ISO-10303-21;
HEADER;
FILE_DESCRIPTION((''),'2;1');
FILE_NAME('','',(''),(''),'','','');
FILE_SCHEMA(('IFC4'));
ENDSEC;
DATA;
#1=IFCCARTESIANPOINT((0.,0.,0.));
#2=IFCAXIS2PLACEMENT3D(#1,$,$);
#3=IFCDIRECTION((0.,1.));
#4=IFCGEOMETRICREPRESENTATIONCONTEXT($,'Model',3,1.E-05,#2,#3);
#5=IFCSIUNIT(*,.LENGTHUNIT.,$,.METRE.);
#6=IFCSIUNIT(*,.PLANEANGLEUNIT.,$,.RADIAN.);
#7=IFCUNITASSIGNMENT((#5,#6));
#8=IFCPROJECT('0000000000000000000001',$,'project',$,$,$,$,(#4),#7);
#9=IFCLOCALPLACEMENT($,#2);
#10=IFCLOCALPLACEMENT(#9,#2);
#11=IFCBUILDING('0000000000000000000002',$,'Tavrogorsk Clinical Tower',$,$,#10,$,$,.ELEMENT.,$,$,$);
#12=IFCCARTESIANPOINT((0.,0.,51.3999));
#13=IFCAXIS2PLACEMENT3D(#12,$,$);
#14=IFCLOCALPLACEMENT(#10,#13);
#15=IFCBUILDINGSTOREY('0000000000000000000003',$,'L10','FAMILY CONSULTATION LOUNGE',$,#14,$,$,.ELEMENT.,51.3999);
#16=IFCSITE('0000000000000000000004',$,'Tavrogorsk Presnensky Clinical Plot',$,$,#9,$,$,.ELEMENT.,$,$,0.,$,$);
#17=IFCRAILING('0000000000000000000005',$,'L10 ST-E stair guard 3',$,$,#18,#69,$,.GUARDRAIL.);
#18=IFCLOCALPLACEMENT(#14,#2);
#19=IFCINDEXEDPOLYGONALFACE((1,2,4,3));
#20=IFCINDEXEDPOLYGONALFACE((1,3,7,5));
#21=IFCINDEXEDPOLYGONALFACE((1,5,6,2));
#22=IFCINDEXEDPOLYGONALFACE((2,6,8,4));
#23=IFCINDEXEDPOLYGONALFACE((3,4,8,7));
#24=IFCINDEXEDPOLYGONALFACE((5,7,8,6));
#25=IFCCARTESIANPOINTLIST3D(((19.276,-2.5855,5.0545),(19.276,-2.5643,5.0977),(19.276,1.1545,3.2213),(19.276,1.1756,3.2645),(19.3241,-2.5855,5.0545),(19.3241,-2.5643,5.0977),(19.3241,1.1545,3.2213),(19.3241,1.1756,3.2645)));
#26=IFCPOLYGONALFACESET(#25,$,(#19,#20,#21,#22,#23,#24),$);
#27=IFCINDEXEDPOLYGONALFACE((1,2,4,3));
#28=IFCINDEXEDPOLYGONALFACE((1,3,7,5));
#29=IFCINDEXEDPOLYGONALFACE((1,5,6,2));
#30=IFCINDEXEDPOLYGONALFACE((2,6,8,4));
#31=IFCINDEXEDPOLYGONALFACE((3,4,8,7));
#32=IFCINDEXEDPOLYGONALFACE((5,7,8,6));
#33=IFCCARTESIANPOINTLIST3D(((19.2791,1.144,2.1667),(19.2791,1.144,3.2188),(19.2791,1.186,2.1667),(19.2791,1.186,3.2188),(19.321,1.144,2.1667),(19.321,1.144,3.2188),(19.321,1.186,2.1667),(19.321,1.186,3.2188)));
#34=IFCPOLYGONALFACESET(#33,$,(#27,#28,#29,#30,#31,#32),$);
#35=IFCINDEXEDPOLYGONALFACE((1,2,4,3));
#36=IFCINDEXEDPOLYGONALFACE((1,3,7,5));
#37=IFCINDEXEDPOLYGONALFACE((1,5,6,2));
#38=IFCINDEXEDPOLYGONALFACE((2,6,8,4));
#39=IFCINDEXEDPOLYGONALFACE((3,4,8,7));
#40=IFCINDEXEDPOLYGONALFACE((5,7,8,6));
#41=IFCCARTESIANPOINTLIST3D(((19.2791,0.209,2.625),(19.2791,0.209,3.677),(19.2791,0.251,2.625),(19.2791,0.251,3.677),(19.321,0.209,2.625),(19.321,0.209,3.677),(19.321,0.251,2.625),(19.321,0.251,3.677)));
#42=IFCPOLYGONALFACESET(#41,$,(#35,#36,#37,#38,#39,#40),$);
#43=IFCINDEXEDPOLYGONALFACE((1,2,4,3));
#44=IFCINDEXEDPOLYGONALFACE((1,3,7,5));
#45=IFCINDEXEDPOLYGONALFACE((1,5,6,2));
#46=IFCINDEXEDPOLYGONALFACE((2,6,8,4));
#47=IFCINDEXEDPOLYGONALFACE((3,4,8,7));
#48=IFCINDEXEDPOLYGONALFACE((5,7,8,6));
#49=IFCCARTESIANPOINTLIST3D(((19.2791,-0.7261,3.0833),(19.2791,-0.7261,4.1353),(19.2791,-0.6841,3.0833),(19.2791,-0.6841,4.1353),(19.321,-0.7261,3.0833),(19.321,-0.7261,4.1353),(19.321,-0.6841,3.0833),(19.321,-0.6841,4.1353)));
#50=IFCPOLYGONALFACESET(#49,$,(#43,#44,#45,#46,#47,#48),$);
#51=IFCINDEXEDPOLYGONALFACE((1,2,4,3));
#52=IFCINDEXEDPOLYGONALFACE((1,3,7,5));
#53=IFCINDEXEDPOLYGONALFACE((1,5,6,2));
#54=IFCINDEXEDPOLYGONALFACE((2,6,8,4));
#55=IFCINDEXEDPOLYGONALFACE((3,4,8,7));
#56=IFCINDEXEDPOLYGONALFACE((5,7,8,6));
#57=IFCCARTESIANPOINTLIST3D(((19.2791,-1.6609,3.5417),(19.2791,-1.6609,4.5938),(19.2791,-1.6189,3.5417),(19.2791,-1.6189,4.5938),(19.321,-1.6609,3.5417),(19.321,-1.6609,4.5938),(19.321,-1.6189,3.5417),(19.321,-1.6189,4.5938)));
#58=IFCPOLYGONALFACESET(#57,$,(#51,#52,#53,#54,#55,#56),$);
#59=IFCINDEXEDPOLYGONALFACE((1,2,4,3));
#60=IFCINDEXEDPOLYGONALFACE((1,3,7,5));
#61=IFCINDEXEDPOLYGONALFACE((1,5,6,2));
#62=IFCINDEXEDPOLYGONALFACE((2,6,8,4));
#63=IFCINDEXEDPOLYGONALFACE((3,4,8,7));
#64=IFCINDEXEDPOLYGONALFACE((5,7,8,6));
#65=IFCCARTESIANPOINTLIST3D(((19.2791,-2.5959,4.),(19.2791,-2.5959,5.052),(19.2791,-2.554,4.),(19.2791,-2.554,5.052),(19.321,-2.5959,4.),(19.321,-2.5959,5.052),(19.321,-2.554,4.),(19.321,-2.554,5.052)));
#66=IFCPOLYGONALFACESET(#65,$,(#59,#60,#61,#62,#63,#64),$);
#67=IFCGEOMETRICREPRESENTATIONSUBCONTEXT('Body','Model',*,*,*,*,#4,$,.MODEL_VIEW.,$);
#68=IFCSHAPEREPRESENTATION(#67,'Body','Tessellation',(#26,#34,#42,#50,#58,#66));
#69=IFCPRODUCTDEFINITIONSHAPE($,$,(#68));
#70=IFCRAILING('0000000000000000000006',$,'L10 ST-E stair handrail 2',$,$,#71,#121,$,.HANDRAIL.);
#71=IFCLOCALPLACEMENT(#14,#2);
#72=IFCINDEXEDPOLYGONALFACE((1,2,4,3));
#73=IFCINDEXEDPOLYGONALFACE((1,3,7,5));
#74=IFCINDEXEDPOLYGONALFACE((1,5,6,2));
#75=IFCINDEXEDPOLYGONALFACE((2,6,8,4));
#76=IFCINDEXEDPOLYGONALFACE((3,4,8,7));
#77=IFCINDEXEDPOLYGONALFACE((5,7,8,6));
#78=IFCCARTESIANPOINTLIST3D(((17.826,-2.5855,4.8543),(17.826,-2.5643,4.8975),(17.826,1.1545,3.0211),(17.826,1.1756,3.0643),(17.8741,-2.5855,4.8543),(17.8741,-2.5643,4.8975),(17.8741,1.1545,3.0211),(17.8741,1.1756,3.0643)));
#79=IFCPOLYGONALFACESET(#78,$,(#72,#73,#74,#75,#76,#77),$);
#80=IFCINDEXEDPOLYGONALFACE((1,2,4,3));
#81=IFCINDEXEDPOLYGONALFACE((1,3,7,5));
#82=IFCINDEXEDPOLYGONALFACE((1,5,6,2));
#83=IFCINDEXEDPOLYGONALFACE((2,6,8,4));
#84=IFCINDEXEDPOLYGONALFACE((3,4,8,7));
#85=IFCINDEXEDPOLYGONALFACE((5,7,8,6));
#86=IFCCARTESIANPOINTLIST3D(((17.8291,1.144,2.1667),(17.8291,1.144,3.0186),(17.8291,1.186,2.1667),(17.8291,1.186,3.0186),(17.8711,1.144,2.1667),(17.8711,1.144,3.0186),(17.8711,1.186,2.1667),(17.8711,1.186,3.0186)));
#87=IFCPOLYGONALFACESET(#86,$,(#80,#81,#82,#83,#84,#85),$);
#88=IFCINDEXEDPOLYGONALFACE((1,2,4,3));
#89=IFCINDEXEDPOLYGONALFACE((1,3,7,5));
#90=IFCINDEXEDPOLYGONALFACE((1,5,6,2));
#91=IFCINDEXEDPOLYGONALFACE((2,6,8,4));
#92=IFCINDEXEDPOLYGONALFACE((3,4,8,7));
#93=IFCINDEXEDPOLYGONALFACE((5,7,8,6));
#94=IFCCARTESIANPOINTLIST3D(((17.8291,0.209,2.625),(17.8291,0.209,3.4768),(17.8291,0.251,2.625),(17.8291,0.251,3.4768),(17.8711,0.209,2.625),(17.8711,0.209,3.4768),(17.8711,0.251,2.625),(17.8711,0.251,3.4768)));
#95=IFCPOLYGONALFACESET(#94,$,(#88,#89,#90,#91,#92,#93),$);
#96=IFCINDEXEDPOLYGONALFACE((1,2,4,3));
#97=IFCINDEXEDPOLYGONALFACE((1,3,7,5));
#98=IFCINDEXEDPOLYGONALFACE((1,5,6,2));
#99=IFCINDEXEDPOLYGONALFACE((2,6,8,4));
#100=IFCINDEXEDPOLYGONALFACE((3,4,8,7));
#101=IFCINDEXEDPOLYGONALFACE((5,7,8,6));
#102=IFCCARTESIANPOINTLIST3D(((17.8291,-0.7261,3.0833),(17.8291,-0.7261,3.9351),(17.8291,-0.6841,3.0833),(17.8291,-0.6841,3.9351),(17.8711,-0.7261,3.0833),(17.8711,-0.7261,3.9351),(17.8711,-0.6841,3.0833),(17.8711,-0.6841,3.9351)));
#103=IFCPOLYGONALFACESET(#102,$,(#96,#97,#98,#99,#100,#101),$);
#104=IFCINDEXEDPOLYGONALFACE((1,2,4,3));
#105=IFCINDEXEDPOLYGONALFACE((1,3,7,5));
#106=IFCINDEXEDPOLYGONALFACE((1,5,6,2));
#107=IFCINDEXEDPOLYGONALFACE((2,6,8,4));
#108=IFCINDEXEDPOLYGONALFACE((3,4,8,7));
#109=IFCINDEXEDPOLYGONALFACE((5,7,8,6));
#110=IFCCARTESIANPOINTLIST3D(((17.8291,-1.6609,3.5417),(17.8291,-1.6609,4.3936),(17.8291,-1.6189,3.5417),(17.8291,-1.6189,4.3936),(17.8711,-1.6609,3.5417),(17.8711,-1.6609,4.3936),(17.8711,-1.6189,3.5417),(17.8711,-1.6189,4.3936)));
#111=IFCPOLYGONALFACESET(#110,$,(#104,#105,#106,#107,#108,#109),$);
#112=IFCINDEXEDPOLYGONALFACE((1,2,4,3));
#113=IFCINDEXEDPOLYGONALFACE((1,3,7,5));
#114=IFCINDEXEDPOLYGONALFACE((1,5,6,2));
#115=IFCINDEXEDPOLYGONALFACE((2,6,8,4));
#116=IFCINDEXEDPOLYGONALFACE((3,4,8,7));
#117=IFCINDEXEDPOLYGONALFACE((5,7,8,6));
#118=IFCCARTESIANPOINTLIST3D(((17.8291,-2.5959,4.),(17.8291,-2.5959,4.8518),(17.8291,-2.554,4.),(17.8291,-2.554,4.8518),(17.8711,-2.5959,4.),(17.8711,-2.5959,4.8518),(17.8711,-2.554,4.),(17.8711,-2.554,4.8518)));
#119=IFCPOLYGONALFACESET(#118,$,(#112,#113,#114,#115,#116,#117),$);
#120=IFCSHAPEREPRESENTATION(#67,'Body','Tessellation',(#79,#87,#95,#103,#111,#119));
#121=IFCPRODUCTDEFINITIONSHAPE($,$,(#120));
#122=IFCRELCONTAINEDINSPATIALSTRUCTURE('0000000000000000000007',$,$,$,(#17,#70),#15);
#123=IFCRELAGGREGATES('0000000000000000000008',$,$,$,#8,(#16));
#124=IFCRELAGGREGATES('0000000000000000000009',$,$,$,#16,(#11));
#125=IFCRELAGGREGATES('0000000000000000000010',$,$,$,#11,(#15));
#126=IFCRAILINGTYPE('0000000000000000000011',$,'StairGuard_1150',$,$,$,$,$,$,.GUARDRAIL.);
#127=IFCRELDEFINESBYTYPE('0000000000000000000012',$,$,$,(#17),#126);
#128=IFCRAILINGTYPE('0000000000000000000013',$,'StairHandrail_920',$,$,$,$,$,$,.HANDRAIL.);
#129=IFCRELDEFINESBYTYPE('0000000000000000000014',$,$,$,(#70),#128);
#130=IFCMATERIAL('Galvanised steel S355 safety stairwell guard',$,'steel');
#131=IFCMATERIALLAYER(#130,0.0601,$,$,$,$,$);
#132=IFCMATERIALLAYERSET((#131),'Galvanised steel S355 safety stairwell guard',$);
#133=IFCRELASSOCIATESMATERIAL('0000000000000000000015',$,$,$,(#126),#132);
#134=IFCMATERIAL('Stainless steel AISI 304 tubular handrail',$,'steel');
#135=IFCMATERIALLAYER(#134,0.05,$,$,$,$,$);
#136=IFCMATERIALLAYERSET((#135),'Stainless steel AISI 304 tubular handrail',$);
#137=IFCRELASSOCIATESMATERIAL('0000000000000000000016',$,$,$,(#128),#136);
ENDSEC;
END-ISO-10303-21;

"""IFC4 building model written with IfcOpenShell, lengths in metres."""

from ifc_helpers import new_model, si_unit, direction, frame, origin, origin_2d, place, context, subcontext, project, spatial, rectangle, extrude, material, layer, layer_set, type_object, element, save


model = new_model("IFC4")

# Units and contexts
model_context = context("Model", 3, precision=1e-05, world=origin(), true_north=direction((0.0, 1.0)))
body_context = subcontext(model_context, "Body", "Model", "MODEL_VIEW")
ifc_project = project(units=[si_unit("LENGTHUNIT", "METRE"), si_unit("PLANEANGLEUNIT", "RADIAN")], contexts=[model_context])

# Site, building, storey
site_placement = place(None, origin())
site = spatial("IfcSite", under=ifc_project, at=site_placement, Name="Tavrogorsk Presnensky Clinical Plot", CompositionType="ELEMENT", RefElevation=0.0)
building_placement = place(site_placement, origin())
building = spatial("IfcBuilding", under=site, at=building_placement, Name="Tavrogorsk Clinical Tower", CompositionType="ELEMENT")
storey_placement = place(building_placement, frame((0.0, 0.0, 51.3999)))
storey = spatial("IfcBuildingStorey", under=building, at=storey_placement, Name="L10", Description="FAMILY CONSULTATION LOUNGE", CompositionType="ELEMENT", Elevation=51.3999)

# Railings
ifc_material_1 = material(Name="Galvanised steel S355 safety stairwell guard", Category="steel")
ifc_layer_1 = layer(ifc_material_1, 0.0601)
ifc_layer_set_1 = layer_set([ifc_layer_1], Name="Galvanised steel S355 safety stairwell guard")
railing_type_1 = type_object("IfcRailingType", Name="StairGuard_1150", PredefinedType="GUARDRAIL", material=ifc_layer_set_1)
railing_1_placement = place(storey_placement, frame((19.3, 1.165, 2.1667)))
element("IfcRailing", 1, at=railing_1_placement, inside=storey, type_object=railing_type_1, Name="L10 ST-E stair guard 3", PredefinedType="GUARDRAIL", context=body_context, shape_type="SweptSolid", body=[
    extrude(rectangle(XDim=0.0481, YDim=0.0481, at=origin_2d()), frame((0.0, 0.0, 1.0762), z_axis=(0.0, -0.897928, 0.440142), x_axis=(1.0, 0.0, 0.0)), (0.0, 0.0, 1.0), 4.165),
    extrude(rectangle(XDim=0.042, YDim=0.042, at=origin_2d()), origin(), (0.0, 0.0, 1.0), 1.052),
    extrude(rectangle(XDim=0.042, YDim=0.042, at=origin_2d()), frame((0.0, -0.9351, 0.4583)), (0.0, 0.0, 1.0), 1.052),
    extrude(rectangle(XDim=0.042, YDim=0.042, at=origin_2d()), frame((0.0, -1.8701, 0.9165)), (0.0, 0.0, 1.0), 1.052),
    extrude(rectangle(XDim=0.042, YDim=0.042, at=origin_2d()), frame((0.0, -2.8049, 1.375)), (0.0, 0.0, 1.0), 1.052),
    extrude(rectangle(XDim=0.042, YDim=0.042, at=origin_2d()), frame((0.0, -3.74, 1.8333)), (0.0, 0.0, 1.0), 1.052),
])
ifc_material_2 = material(Name="Stainless steel AISI 304 tubular handrail", Category="steel")
ifc_layer_2 = layer(ifc_material_2, 0.05)
ifc_layer_set_2 = layer_set([ifc_layer_2], Name="Stainless steel AISI 304 tubular handrail")
railing_type_2 = type_object("IfcRailingType", Name="StairHandrail_920", PredefinedType="HANDRAIL", material=ifc_layer_set_2)
railing_2_placement = place(storey_placement, frame((17.8501, 1.165, 2.1667)))
element("IfcRailing", 2, at=railing_2_placement, inside=storey, type_object=railing_type_2, Name="L10 ST-E stair handrail 2", PredefinedType="HANDRAIL", context=body_context, shape_type="SweptSolid", body=[
    extrude(rectangle(XDim=0.0481, YDim=0.0481, at=origin_2d()), frame((0.0, 0.0, 0.876), z_axis=(0.0, -0.897928, 0.440142), x_axis=(1.0, 0.0, 0.0)), (0.0, 0.0, 1.0), 4.165),
    extrude(rectangle(XDim=0.042, YDim=0.042, at=origin_2d()), origin(), (0.0, 0.0, 1.0), 0.8518),
    extrude(rectangle(XDim=0.042, YDim=0.042, at=origin_2d()), frame((0.0, -0.9351, 0.4583)), (0.0, 0.0, 1.0), 0.8518),
    extrude(rectangle(XDim=0.042, YDim=0.042, at=origin_2d()), frame((0.0, -1.8701, 0.9165)), (0.0, 0.0, 1.0), 0.8518),
    extrude(rectangle(XDim=0.042, YDim=0.042, at=origin_2d()), frame((0.0, -2.8049, 1.375)), (0.0, 0.0, 1.0), 0.8518),
    extrude(rectangle(XDim=0.042, YDim=0.042, at=origin_2d()), frame((0.0, -3.74, 1.8333)), (0.0, 0.0, 1.0), 0.8518),
])

save(model, "model.ifc")
